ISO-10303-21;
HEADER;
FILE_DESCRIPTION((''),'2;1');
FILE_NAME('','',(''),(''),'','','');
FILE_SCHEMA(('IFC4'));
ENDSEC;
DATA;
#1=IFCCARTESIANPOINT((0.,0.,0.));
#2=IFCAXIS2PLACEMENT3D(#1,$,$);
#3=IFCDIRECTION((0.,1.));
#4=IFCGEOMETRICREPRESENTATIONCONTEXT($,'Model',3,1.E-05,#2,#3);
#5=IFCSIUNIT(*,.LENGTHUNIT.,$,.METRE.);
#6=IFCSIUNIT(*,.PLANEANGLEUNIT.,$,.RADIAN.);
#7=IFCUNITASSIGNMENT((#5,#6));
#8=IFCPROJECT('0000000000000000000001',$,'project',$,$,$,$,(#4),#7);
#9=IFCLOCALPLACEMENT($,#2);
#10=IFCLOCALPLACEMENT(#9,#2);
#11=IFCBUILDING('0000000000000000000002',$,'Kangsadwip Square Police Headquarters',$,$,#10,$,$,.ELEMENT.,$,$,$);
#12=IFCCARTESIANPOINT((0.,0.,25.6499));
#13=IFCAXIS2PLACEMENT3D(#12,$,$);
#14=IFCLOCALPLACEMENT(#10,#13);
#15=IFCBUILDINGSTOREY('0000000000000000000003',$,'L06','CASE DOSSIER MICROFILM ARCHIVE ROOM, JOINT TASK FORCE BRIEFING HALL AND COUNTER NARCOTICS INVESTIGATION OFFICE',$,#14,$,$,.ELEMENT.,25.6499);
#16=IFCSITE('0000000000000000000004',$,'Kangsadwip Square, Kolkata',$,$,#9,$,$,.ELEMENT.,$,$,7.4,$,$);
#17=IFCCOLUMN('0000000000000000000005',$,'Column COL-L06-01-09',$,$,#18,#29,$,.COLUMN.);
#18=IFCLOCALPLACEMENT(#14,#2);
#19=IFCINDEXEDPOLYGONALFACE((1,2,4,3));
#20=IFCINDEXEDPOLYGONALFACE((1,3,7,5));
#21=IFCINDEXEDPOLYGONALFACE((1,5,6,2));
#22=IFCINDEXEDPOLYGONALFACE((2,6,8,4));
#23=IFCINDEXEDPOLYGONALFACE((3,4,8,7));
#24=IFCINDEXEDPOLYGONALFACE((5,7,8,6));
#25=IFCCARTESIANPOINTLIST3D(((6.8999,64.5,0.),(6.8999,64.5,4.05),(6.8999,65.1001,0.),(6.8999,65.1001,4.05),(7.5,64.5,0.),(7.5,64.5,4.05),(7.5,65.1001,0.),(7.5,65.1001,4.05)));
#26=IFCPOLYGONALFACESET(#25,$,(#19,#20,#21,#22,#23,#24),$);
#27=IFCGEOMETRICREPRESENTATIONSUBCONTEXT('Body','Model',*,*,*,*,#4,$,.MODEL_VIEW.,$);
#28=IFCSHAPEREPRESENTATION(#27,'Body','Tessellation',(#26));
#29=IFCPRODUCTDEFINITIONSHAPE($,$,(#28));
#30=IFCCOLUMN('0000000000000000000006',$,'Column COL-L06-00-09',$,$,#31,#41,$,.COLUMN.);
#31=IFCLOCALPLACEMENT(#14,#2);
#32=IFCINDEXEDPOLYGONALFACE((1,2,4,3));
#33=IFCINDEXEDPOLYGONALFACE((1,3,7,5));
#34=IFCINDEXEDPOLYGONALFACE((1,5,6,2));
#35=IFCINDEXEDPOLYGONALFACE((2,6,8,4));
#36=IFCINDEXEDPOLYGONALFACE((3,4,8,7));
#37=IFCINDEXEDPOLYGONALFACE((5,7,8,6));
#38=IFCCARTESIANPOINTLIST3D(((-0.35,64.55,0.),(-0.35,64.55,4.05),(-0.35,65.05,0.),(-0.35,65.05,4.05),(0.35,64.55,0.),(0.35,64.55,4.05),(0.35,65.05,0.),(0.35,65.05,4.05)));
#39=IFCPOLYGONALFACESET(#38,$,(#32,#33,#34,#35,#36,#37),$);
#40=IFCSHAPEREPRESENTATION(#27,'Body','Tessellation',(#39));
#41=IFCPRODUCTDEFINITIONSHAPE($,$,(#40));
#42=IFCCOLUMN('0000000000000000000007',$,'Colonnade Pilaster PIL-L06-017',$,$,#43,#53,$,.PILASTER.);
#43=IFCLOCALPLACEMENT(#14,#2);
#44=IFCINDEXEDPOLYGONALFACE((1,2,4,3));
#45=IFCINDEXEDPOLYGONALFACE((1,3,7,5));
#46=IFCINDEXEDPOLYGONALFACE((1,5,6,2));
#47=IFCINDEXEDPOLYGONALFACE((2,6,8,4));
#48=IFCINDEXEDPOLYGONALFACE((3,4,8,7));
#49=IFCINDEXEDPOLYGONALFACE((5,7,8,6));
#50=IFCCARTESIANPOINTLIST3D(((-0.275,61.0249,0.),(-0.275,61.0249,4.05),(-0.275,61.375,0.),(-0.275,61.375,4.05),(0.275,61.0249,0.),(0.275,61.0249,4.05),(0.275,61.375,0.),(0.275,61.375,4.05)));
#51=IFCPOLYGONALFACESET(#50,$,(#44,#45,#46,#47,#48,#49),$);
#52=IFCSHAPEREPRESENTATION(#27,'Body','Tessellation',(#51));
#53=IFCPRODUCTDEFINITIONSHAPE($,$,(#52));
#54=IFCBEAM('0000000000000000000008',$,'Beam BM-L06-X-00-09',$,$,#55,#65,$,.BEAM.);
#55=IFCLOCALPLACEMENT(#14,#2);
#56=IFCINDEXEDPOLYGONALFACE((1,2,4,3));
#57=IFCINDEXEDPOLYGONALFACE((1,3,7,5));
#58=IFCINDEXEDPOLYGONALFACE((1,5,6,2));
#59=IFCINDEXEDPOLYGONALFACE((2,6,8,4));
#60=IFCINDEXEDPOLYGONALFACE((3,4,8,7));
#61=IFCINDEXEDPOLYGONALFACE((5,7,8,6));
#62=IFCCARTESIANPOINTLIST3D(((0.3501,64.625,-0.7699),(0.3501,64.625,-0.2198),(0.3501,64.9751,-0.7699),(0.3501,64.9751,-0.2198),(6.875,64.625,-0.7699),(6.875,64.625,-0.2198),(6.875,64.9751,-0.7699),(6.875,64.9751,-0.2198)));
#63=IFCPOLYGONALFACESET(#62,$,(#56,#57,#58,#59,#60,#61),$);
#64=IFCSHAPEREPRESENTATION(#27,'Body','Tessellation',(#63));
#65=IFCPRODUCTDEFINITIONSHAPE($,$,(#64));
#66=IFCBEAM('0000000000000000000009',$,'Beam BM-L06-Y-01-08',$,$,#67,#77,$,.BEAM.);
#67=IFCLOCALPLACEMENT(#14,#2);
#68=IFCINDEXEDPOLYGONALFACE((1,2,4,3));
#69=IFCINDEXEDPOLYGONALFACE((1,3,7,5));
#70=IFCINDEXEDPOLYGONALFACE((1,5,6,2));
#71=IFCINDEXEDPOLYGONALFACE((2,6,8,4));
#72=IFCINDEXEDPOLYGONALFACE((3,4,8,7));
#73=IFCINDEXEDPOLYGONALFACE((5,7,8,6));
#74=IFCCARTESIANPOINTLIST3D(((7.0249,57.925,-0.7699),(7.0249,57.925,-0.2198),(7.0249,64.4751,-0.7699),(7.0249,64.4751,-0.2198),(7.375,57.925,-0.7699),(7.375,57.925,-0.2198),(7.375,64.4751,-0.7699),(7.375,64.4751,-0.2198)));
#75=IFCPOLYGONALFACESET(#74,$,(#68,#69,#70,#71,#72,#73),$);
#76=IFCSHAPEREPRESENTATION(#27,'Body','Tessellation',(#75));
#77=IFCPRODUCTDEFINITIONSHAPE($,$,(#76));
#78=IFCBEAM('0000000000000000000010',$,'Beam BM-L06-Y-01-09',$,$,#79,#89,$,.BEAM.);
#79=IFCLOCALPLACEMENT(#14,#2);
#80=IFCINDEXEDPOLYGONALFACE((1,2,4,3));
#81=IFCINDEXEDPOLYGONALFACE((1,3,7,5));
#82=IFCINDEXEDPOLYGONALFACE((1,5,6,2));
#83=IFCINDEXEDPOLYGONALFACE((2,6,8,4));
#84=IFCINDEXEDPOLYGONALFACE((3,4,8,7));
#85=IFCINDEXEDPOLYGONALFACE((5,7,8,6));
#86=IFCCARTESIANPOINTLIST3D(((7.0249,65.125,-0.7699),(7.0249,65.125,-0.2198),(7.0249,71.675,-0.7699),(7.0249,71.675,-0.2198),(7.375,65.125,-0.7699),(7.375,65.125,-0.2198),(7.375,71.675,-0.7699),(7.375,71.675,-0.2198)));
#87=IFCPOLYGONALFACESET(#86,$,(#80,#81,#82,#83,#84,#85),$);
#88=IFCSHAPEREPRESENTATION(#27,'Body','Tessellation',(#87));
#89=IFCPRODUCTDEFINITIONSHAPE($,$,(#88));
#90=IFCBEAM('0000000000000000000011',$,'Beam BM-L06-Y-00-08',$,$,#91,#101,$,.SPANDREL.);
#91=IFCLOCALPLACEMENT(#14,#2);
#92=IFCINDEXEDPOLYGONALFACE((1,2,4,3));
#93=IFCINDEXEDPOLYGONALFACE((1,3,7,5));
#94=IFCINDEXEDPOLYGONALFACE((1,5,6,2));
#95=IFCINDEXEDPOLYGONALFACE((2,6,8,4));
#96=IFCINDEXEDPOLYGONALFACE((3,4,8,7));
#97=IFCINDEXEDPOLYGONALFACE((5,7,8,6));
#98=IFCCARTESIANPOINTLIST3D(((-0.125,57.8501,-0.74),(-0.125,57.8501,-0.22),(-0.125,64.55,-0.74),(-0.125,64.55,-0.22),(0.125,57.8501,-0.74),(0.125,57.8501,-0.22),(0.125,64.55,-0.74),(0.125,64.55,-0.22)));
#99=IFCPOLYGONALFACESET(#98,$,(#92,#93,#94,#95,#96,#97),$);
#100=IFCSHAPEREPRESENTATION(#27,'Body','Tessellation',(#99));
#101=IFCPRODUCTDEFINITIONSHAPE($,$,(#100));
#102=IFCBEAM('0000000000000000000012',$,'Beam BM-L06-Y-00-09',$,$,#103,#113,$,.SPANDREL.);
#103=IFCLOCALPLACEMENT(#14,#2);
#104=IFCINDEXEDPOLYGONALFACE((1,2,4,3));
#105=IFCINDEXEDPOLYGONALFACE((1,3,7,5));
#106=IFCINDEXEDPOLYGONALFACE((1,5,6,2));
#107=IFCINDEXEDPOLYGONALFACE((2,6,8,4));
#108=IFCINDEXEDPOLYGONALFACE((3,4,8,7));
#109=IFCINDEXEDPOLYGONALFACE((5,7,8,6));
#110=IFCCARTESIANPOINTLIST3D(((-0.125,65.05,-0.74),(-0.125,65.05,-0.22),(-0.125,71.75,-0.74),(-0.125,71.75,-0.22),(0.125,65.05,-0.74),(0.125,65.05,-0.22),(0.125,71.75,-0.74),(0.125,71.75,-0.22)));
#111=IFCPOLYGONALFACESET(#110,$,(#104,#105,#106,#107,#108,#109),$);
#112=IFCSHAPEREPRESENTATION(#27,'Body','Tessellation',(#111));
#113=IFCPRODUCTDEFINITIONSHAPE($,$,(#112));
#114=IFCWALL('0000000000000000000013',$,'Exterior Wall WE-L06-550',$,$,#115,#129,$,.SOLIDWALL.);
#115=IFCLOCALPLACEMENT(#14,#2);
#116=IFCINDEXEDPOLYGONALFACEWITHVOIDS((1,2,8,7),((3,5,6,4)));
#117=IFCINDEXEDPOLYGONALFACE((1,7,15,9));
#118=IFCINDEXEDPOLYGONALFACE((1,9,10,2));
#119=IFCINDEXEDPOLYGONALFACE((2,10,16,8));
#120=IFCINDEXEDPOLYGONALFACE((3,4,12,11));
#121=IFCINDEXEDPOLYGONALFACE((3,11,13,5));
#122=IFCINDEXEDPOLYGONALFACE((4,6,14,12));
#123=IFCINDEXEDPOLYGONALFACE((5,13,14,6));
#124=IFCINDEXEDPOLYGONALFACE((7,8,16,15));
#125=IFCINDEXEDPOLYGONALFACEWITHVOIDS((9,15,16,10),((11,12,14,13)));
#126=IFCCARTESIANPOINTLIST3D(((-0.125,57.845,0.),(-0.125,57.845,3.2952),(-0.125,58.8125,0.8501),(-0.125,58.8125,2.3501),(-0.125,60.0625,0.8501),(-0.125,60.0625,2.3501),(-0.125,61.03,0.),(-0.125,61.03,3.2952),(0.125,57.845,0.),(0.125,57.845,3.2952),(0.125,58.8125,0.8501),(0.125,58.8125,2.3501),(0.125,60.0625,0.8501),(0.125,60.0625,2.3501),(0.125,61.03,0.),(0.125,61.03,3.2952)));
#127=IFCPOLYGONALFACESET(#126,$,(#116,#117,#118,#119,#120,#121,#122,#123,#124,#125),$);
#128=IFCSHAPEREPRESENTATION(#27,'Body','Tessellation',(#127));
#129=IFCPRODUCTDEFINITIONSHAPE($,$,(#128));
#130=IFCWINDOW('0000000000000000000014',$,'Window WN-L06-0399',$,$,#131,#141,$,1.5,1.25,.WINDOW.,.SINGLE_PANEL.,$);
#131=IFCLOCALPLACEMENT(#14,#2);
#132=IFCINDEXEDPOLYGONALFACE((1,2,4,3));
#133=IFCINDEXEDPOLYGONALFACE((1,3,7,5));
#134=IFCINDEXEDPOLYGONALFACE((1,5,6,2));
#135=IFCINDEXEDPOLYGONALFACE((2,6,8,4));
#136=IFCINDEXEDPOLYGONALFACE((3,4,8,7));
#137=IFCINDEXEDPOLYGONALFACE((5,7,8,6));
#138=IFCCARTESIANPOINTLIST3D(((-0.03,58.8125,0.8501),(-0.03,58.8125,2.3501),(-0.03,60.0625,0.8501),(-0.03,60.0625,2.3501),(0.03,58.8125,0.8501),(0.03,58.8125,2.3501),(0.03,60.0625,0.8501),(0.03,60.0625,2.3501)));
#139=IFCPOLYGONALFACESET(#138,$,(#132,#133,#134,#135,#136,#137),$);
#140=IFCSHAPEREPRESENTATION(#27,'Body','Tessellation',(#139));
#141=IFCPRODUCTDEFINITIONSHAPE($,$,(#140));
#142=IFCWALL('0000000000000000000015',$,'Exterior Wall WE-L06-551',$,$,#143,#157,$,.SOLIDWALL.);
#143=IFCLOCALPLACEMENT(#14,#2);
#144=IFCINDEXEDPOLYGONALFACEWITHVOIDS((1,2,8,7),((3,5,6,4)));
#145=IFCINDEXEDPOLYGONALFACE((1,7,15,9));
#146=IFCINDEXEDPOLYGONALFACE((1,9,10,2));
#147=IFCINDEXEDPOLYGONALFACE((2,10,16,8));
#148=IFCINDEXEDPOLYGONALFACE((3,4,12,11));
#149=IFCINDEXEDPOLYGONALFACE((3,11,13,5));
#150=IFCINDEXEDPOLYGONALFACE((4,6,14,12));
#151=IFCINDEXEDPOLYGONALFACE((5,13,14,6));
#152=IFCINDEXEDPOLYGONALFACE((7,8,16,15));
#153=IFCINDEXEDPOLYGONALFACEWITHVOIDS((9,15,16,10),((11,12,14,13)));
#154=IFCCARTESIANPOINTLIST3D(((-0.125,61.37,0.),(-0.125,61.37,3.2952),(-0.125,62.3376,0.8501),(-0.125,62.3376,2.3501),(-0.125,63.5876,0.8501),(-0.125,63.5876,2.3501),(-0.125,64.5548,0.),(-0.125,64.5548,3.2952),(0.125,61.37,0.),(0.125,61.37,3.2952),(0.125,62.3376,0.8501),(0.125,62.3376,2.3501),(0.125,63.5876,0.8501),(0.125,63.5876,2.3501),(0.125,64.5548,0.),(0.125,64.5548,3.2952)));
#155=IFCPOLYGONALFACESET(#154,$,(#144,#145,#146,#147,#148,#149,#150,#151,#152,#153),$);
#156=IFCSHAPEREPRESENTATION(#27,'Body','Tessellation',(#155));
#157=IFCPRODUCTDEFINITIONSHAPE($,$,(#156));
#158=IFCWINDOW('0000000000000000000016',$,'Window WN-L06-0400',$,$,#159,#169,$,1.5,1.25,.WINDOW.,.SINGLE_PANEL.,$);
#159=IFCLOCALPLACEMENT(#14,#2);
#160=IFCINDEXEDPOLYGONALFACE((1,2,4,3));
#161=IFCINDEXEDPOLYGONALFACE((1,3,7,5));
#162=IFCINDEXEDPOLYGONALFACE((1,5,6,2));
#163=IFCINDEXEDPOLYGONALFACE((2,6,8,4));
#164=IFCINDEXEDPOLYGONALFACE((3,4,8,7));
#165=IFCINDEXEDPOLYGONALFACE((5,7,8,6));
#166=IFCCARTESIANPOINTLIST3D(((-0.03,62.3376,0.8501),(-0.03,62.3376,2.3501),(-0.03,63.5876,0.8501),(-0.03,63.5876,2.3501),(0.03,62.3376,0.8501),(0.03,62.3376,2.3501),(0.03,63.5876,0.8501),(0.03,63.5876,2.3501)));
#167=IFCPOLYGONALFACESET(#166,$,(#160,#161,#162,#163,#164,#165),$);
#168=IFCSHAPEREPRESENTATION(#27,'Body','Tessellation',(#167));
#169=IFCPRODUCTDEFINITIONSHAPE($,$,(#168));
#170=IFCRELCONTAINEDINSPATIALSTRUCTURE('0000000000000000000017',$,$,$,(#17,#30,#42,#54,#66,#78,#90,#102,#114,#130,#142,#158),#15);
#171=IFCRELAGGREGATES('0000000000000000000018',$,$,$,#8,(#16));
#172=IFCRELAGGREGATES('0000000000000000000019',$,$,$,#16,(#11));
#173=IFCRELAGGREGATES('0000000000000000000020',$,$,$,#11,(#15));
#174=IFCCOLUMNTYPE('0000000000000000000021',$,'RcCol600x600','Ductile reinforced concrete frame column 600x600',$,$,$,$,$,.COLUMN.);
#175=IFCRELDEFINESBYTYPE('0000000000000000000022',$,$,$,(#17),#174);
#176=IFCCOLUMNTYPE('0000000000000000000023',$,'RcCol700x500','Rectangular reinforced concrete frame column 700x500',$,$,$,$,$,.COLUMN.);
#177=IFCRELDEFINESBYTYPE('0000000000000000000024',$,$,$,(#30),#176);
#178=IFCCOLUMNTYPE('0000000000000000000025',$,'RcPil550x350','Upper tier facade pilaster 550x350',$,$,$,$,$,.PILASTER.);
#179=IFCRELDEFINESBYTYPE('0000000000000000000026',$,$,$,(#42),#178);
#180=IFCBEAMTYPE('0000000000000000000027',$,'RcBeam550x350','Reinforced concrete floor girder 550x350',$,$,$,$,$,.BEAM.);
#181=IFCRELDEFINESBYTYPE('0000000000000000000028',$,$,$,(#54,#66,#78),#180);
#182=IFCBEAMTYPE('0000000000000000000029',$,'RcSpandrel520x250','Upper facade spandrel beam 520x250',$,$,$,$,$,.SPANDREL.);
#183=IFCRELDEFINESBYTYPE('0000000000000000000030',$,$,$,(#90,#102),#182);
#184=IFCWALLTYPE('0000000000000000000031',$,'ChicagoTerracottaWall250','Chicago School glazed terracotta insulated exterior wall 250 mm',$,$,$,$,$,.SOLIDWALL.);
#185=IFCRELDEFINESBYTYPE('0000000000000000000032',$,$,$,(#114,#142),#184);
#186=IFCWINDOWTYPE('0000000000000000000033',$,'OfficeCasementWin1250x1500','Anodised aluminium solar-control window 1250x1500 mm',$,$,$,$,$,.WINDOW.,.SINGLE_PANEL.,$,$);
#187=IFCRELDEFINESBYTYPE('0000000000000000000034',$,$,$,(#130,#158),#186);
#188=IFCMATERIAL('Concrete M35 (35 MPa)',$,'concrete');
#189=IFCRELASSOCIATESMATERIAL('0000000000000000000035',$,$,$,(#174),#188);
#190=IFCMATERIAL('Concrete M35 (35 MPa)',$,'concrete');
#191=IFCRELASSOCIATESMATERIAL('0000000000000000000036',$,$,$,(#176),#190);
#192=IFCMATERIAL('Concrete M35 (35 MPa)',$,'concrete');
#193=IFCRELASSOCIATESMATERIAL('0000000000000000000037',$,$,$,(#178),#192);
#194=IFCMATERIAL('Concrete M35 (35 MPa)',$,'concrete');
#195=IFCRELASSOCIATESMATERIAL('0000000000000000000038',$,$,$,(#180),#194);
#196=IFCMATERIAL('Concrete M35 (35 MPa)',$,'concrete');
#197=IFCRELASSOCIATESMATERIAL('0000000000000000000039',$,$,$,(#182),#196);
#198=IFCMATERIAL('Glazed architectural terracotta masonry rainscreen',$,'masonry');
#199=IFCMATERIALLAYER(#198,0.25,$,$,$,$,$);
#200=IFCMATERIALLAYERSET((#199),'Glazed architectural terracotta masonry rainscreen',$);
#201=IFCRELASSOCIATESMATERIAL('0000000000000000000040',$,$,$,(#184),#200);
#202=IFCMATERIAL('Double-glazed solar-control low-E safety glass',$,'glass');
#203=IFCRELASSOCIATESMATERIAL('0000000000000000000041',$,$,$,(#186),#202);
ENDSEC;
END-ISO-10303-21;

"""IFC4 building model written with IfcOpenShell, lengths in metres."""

from ifc_helpers import new_model, si_unit, direction, frame, frame_2d, origin, origin_2d, place, context, subcontext, project, spatial, rectangle, extrude, material, layer, layer_set, material_profile, profile_set, type_object, element, fill, save


model = new_model("IFC4")

# Units and contexts
model_context = context("Model", 3, precision=1e-05, world=origin(), true_north=direction((0.0, 1.0)))
body_context = subcontext(model_context, "Body", "Model", "MODEL_VIEW")
ifc_project = project(units=[si_unit("LENGTHUNIT", "METRE"), si_unit("PLANEANGLEUNIT", "RADIAN")], contexts=[model_context])

# Site, building, storey
site_placement = place(None, origin())
site = spatial("IfcSite", under=ifc_project, at=site_placement, Name="Kangsadwip Square, Kolkata", CompositionType="ELEMENT", RefElevation=7.4)
building_placement = place(site_placement, origin())
building = spatial("IfcBuilding", under=site, at=building_placement, Name="Kangsadwip Square Police Headquarters", CompositionType="ELEMENT")
storey_placement = place(building_placement, frame((0.0, 0.0, 25.6499)))
storey = spatial("IfcBuildingStorey", under=building, at=storey_placement, Name="L06", Description="CASE DOSSIER MICROFILM ARCHIVE ROOM, JOINT TASK FORCE BRIEFING HALL AND COUNTER NARCOTICS INVESTIGATION OFFICE", CompositionType="ELEMENT", Elevation=25.6499)

# Columns
ifc_material_1 = material(Name="Concrete M35 (35 MPa)", Category="concrete")
ifc_material_profile_1 = material_profile(ifc_material_1, rectangle(XDim=0.6001, YDim=0.6001, at=origin_2d()), Name="RC COL 600X600")
ifc_profile_set_1 = profile_set([ifc_material_profile_1], Name="Concrete M35 (35 MPa)")
column_type_1 = type_object("IfcColumnType", Name="RcCol600x600", Description="Ductile reinforced concrete frame column 600x600", PredefinedType="COLUMN", material=ifc_profile_set_1)
column_1_placement = place(storey_placement, frame((7.2, 64.8, 0.0), z_axis=(0.0, 0.0, 1.0), x_axis=(1.0, 0.0, 0.0)))
element("IfcColumn", 1, at=column_1_placement, inside=storey, type_object=column_type_1, Name="Column COL-L06-01-09", PredefinedType="COLUMN", context=body_context, shape_type="SweptSolid", body=[
    extrude(rectangle(XDim=0.6001, YDim=0.6001, at=origin_2d()), origin(), (0.0, 0.0, 1.0), 4.05),
])
ifc_material_2 = material(Name="Concrete M35 (35 MPa)", Category="concrete")
ifc_material_profile_2 = material_profile(ifc_material_2, rectangle(XDim=0.5, YDim=0.7, at=origin_2d()), Name="RC COL 700X500")
ifc_profile_set_2 = profile_set([ifc_material_profile_2], Name="Concrete M35 (35 MPa)")
column_type_2 = type_object("IfcColumnType", Name="RcCol700x500", Description="Rectangular reinforced concrete frame column 700x500", PredefinedType="COLUMN", material=ifc_profile_set_2)
column_2_placement = place(storey_placement, frame((0.0, 64.8, 0.0), z_axis=(0.0, 0.0, 1.0), x_axis=(0.0, 1.0, 0.0)))
element("IfcColumn", 2, at=column_2_placement, inside=storey, type_object=column_type_2, Name="Column COL-L06-00-09", PredefinedType="COLUMN", context=body_context, shape_type="SweptSolid", body=[
    extrude(rectangle(XDim=0.5, YDim=0.7, at=origin_2d()), origin(), (0.0, 0.0, 1.0), 4.05),
])
ifc_material_3 = material(Name="Concrete M35 (35 MPa)", Category="concrete")
ifc_material_profile_3 = material_profile(ifc_material_3, rectangle(XDim=0.3501, YDim=0.55, at=origin_2d()), Name="RC PIL 550X350")
ifc_profile_set_3 = profile_set([ifc_material_profile_3], Name="Concrete M35 (35 MPa)")
column_type_3 = type_object("IfcColumnType", Name="RcPil550x350", Description="Upper tier facade pilaster 550x350", PredefinedType="PILASTER", material=ifc_profile_set_3)
column_3_placement = place(storey_placement, frame((0.0, 61.2, 0.0), z_axis=(0.0, 0.0, 1.0), x_axis=(0.0, 1.0, 0.0)))
element("IfcColumn", 3, at=column_3_placement, inside=storey, type_object=column_type_3, Name="Colonnade Pilaster PIL-L06-017", PredefinedType="PILASTER", context=body_context, shape_type="SweptSolid", body=[
    extrude(rectangle(XDim=0.3501, YDim=0.55, at=origin_2d()), origin(), (0.0, 0.0, 1.0), 4.05),
])

# Beams
ifc_material_4 = material(Name="Concrete M35 (35 MPa)", Category="concrete")
ifc_material_profile_4 = material_profile(ifc_material_4, rectangle(XDim=0.3501, YDim=0.55, at=origin_2d()), Name="RC BM 550X350")
ifc_profile_set_4 = profile_set([ifc_material_profile_4], Name="Concrete M35 (35 MPa)")
beam_type_1 = type_object("IfcBeamType", Name="RcBeam550x350", Description="Reinforced concrete floor girder 550x350", PredefinedType="BEAM", material=ifc_profile_set_4)
beam_placement = place(storey_placement, frame((0.3501, 64.8, -0.4949), z_axis=(1.0, 0.0, 0.0), x_axis=(0.0, 1.0, 0.0)))
element("IfcBeam", 4, at=beam_placement, inside=storey, type_object=beam_type_1, Name="Beam BM-L06-X-00-09", PredefinedType="BEAM", context=body_context, shape_type="SweptSolid", body=[
    extrude(rectangle(XDim=0.3501, YDim=0.55, at=origin_2d()), origin(), (0.0, 0.0, 1.0), 6.5249),
])
for number, where, z_axis, x_axis, name in (
    (5, (7.2, 57.925, -0.4949), (0.0, 1.0, 0.0), (-1.0, 0.0, 0.0), "Beam BM-L06-Y-01-08"),
    (6, (7.2, 65.125, -0.4949), (0.0, 1.0, 0.0), (-1.0, 0.0, 0.0), "Beam BM-L06-Y-01-09"),
):
    element("IfcBeam", number, at=place(storey_placement, frame(where, z_axis=z_axis, x_axis=x_axis)), inside=storey, type_object=beam_type_1, Name=name, PredefinedType="BEAM", context=body_context, shape_type="SweptSolid", body=[
        extrude(rectangle(XDim=0.3501, YDim=0.55, at=origin_2d()), origin(), (0.0, 0.0, 1.0), 6.55),
    ])
ifc_material_5 = material(Name="Concrete M35 (35 MPa)", Category="concrete")
ifc_material_profile_5 = material_profile(ifc_material_5, rectangle(XDim=0.25, YDim=0.52, at=origin_2d()), Name="RC SPN 520X250")
ifc_profile_set_5 = profile_set([ifc_material_profile_5], Name="Concrete M35 (35 MPa)")
beam_type_2 = type_object("IfcBeamType", Name="RcSpandrel520x250", Description="Upper facade spandrel beam 520x250", PredefinedType="SPANDREL", material=ifc_profile_set_5)
for number, where, z_axis, x_axis, name in (
    (7, (0.0, 57.8501, -0.48), (0.0, 1.0, 0.0), (-1.0, 0.0, 0.0), "Beam BM-L06-Y-00-08"),
    (8, (0.0, 65.05, -0.48), (0.0, 1.0, 0.0), (-1.0, 0.0, 0.0), "Beam BM-L06-Y-00-09"),
):
    element("IfcBeam", number, at=place(storey_placement, frame(where, z_axis=z_axis, x_axis=x_axis)), inside=storey, type_object=beam_type_2, Name=name, PredefinedType="SPANDREL", context=body_context, shape_type="SweptSolid", body=[
        extrude(rectangle(XDim=0.25, YDim=0.52, at=origin_2d()), origin(), (0.0, 0.0, 1.0), 6.7),
    ])

# Walls, openings, windows
ifc_material_6 = material(Name="Glazed architectural terracotta masonry rainscreen", Category="masonry")
ifc_layer_1 = layer(ifc_material_6, 0.25)
ifc_layer_set_1 = layer_set([ifc_layer_1], Name="Glazed architectural terracotta masonry rainscreen")
wall_type_1 = type_object("IfcWallType", Name="ChicagoTerracottaWall250", Description="Chicago School glazed terracotta insulated exterior wall 250 mm", PredefinedType="SOLIDWALL", material=ifc_layer_set_1)
wall_1_placement = place(storey_placement, frame((0.0, 57.845, 0.0), z_axis=(0.0, 0.0, 1.0), x_axis=(0.0, 1.0, 0.0)))
wall_1 = element("IfcWall", 9, at=wall_1_placement, inside=storey, type_object=wall_type_1, Name="Exterior Wall WE-L06-550", PredefinedType="SOLIDWALL", context=body_context, shape_type="SweptSolid", body=[
    extrude(rectangle(XDim=3.1851, YDim=0.25, at=frame_2d((1.5925, 0.0))), origin(), (0.0, 0.0, 1.0), 3.2952),
])
opening_1_placement = place(wall_1_placement, frame((0.9675, 0.0, 0.8501)))
opening_1 = element("IfcOpeningElement", 10, at=opening_1_placement, cuts=wall_1, PredefinedType="OPENING", context=body_context, shape_type="SweptSolid", body=[
    extrude(rectangle(XDim=1.25, YDim=1.5, at=frame_2d((0.625, 0.75))), frame((0.0, 0.135, 0.0), z_axis=(0.0, -1.0, 0.0), x_axis=(1.0, 0.0, 0.0)), (0.0, 0.0, 1.0), 0.27),
])
ifc_material_7 = material(Name="Double-glazed solar-control low-E safety glass", Category="glass")
window_type_1 = type_object("IfcWindowType", Name="OfficeCasementWin1250x1500", Description="Anodised aluminium solar-control window 1250x1500 mm", PartitioningType="SINGLE_PANEL", PredefinedType="WINDOW", material=ifc_material_7)
window_1_placement = place(opening_1_placement, origin())
window_1 = element("IfcWindow", 11, at=window_1_placement, inside=storey, type_object=window_type_1, Name="Window WN-L06-0399", OverallHeight=1.5, OverallWidth=1.25, PartitioningType="SINGLE_PANEL", PredefinedType="WINDOW", context=body_context, shape_type="SweptSolid", body=[
    extrude(rectangle(XDim=1.25, YDim=1.5, at=frame_2d((0.625, 0.75))), frame((0.0, 0.03, 0.0), z_axis=(0.0, -1.0, 0.0), x_axis=(1.0, 0.0, 0.0)), (0.0, 0.0, 1.0), 0.0601),
])
fill(opening_1, window_1)
wall_2_placement = place(storey_placement, frame((0.0, 61.3701, 0.0), z_axis=(0.0, 0.0, 1.0), x_axis=(0.0, 1.0, 0.0)))
wall_2 = element("IfcWall", 12, at=wall_2_placement, inside=storey, type_object=wall_type_1, Name="Exterior Wall WE-L06-551", PredefinedType="SOLIDWALL", context=body_context, shape_type="SweptSolid", body=[
    extrude(rectangle(XDim=3.1848, YDim=0.25, at=frame_2d((1.5923, 0.0))), origin(), (0.0, 0.0, 1.0), 3.2952),
])
opening_2_placement = place(wall_2_placement, frame((0.9675, 0.0, 0.8501)))
opening_2 = element("IfcOpeningElement", 13, at=opening_2_placement, cuts=wall_2, PredefinedType="OPENING", context=body_context, shape_type="SweptSolid", body=[
    extrude(rectangle(XDim=1.25, YDim=1.5, at=frame_2d((0.625, 0.75))), frame((0.0, 0.135, 0.0), z_axis=(0.0, -1.0, 0.0), x_axis=(1.0, 0.0, 0.0)), (0.0, 0.0, 1.0), 0.27),
])
window_2_placement = place(opening_2_placement, origin())
window_2 = element("IfcWindow", 14, at=window_2_placement, inside=storey, type_object=window_type_1, Name="Window WN-L06-0400", OverallHeight=1.5, OverallWidth=1.25, PartitioningType="SINGLE_PANEL", PredefinedType="WINDOW", context=body_context, shape_type="SweptSolid", body=[
    extrude(rectangle(XDim=1.25, YDim=1.5, at=frame_2d((0.625, 0.75))), frame((0.0, 0.03, 0.0), z_axis=(0.0, -1.0, 0.0), x_axis=(1.0, 0.0, 0.0)), (0.0, 0.0, 1.0), 0.0601),
])
fill(opening_2, window_2)

save(model, "model.ifc")
